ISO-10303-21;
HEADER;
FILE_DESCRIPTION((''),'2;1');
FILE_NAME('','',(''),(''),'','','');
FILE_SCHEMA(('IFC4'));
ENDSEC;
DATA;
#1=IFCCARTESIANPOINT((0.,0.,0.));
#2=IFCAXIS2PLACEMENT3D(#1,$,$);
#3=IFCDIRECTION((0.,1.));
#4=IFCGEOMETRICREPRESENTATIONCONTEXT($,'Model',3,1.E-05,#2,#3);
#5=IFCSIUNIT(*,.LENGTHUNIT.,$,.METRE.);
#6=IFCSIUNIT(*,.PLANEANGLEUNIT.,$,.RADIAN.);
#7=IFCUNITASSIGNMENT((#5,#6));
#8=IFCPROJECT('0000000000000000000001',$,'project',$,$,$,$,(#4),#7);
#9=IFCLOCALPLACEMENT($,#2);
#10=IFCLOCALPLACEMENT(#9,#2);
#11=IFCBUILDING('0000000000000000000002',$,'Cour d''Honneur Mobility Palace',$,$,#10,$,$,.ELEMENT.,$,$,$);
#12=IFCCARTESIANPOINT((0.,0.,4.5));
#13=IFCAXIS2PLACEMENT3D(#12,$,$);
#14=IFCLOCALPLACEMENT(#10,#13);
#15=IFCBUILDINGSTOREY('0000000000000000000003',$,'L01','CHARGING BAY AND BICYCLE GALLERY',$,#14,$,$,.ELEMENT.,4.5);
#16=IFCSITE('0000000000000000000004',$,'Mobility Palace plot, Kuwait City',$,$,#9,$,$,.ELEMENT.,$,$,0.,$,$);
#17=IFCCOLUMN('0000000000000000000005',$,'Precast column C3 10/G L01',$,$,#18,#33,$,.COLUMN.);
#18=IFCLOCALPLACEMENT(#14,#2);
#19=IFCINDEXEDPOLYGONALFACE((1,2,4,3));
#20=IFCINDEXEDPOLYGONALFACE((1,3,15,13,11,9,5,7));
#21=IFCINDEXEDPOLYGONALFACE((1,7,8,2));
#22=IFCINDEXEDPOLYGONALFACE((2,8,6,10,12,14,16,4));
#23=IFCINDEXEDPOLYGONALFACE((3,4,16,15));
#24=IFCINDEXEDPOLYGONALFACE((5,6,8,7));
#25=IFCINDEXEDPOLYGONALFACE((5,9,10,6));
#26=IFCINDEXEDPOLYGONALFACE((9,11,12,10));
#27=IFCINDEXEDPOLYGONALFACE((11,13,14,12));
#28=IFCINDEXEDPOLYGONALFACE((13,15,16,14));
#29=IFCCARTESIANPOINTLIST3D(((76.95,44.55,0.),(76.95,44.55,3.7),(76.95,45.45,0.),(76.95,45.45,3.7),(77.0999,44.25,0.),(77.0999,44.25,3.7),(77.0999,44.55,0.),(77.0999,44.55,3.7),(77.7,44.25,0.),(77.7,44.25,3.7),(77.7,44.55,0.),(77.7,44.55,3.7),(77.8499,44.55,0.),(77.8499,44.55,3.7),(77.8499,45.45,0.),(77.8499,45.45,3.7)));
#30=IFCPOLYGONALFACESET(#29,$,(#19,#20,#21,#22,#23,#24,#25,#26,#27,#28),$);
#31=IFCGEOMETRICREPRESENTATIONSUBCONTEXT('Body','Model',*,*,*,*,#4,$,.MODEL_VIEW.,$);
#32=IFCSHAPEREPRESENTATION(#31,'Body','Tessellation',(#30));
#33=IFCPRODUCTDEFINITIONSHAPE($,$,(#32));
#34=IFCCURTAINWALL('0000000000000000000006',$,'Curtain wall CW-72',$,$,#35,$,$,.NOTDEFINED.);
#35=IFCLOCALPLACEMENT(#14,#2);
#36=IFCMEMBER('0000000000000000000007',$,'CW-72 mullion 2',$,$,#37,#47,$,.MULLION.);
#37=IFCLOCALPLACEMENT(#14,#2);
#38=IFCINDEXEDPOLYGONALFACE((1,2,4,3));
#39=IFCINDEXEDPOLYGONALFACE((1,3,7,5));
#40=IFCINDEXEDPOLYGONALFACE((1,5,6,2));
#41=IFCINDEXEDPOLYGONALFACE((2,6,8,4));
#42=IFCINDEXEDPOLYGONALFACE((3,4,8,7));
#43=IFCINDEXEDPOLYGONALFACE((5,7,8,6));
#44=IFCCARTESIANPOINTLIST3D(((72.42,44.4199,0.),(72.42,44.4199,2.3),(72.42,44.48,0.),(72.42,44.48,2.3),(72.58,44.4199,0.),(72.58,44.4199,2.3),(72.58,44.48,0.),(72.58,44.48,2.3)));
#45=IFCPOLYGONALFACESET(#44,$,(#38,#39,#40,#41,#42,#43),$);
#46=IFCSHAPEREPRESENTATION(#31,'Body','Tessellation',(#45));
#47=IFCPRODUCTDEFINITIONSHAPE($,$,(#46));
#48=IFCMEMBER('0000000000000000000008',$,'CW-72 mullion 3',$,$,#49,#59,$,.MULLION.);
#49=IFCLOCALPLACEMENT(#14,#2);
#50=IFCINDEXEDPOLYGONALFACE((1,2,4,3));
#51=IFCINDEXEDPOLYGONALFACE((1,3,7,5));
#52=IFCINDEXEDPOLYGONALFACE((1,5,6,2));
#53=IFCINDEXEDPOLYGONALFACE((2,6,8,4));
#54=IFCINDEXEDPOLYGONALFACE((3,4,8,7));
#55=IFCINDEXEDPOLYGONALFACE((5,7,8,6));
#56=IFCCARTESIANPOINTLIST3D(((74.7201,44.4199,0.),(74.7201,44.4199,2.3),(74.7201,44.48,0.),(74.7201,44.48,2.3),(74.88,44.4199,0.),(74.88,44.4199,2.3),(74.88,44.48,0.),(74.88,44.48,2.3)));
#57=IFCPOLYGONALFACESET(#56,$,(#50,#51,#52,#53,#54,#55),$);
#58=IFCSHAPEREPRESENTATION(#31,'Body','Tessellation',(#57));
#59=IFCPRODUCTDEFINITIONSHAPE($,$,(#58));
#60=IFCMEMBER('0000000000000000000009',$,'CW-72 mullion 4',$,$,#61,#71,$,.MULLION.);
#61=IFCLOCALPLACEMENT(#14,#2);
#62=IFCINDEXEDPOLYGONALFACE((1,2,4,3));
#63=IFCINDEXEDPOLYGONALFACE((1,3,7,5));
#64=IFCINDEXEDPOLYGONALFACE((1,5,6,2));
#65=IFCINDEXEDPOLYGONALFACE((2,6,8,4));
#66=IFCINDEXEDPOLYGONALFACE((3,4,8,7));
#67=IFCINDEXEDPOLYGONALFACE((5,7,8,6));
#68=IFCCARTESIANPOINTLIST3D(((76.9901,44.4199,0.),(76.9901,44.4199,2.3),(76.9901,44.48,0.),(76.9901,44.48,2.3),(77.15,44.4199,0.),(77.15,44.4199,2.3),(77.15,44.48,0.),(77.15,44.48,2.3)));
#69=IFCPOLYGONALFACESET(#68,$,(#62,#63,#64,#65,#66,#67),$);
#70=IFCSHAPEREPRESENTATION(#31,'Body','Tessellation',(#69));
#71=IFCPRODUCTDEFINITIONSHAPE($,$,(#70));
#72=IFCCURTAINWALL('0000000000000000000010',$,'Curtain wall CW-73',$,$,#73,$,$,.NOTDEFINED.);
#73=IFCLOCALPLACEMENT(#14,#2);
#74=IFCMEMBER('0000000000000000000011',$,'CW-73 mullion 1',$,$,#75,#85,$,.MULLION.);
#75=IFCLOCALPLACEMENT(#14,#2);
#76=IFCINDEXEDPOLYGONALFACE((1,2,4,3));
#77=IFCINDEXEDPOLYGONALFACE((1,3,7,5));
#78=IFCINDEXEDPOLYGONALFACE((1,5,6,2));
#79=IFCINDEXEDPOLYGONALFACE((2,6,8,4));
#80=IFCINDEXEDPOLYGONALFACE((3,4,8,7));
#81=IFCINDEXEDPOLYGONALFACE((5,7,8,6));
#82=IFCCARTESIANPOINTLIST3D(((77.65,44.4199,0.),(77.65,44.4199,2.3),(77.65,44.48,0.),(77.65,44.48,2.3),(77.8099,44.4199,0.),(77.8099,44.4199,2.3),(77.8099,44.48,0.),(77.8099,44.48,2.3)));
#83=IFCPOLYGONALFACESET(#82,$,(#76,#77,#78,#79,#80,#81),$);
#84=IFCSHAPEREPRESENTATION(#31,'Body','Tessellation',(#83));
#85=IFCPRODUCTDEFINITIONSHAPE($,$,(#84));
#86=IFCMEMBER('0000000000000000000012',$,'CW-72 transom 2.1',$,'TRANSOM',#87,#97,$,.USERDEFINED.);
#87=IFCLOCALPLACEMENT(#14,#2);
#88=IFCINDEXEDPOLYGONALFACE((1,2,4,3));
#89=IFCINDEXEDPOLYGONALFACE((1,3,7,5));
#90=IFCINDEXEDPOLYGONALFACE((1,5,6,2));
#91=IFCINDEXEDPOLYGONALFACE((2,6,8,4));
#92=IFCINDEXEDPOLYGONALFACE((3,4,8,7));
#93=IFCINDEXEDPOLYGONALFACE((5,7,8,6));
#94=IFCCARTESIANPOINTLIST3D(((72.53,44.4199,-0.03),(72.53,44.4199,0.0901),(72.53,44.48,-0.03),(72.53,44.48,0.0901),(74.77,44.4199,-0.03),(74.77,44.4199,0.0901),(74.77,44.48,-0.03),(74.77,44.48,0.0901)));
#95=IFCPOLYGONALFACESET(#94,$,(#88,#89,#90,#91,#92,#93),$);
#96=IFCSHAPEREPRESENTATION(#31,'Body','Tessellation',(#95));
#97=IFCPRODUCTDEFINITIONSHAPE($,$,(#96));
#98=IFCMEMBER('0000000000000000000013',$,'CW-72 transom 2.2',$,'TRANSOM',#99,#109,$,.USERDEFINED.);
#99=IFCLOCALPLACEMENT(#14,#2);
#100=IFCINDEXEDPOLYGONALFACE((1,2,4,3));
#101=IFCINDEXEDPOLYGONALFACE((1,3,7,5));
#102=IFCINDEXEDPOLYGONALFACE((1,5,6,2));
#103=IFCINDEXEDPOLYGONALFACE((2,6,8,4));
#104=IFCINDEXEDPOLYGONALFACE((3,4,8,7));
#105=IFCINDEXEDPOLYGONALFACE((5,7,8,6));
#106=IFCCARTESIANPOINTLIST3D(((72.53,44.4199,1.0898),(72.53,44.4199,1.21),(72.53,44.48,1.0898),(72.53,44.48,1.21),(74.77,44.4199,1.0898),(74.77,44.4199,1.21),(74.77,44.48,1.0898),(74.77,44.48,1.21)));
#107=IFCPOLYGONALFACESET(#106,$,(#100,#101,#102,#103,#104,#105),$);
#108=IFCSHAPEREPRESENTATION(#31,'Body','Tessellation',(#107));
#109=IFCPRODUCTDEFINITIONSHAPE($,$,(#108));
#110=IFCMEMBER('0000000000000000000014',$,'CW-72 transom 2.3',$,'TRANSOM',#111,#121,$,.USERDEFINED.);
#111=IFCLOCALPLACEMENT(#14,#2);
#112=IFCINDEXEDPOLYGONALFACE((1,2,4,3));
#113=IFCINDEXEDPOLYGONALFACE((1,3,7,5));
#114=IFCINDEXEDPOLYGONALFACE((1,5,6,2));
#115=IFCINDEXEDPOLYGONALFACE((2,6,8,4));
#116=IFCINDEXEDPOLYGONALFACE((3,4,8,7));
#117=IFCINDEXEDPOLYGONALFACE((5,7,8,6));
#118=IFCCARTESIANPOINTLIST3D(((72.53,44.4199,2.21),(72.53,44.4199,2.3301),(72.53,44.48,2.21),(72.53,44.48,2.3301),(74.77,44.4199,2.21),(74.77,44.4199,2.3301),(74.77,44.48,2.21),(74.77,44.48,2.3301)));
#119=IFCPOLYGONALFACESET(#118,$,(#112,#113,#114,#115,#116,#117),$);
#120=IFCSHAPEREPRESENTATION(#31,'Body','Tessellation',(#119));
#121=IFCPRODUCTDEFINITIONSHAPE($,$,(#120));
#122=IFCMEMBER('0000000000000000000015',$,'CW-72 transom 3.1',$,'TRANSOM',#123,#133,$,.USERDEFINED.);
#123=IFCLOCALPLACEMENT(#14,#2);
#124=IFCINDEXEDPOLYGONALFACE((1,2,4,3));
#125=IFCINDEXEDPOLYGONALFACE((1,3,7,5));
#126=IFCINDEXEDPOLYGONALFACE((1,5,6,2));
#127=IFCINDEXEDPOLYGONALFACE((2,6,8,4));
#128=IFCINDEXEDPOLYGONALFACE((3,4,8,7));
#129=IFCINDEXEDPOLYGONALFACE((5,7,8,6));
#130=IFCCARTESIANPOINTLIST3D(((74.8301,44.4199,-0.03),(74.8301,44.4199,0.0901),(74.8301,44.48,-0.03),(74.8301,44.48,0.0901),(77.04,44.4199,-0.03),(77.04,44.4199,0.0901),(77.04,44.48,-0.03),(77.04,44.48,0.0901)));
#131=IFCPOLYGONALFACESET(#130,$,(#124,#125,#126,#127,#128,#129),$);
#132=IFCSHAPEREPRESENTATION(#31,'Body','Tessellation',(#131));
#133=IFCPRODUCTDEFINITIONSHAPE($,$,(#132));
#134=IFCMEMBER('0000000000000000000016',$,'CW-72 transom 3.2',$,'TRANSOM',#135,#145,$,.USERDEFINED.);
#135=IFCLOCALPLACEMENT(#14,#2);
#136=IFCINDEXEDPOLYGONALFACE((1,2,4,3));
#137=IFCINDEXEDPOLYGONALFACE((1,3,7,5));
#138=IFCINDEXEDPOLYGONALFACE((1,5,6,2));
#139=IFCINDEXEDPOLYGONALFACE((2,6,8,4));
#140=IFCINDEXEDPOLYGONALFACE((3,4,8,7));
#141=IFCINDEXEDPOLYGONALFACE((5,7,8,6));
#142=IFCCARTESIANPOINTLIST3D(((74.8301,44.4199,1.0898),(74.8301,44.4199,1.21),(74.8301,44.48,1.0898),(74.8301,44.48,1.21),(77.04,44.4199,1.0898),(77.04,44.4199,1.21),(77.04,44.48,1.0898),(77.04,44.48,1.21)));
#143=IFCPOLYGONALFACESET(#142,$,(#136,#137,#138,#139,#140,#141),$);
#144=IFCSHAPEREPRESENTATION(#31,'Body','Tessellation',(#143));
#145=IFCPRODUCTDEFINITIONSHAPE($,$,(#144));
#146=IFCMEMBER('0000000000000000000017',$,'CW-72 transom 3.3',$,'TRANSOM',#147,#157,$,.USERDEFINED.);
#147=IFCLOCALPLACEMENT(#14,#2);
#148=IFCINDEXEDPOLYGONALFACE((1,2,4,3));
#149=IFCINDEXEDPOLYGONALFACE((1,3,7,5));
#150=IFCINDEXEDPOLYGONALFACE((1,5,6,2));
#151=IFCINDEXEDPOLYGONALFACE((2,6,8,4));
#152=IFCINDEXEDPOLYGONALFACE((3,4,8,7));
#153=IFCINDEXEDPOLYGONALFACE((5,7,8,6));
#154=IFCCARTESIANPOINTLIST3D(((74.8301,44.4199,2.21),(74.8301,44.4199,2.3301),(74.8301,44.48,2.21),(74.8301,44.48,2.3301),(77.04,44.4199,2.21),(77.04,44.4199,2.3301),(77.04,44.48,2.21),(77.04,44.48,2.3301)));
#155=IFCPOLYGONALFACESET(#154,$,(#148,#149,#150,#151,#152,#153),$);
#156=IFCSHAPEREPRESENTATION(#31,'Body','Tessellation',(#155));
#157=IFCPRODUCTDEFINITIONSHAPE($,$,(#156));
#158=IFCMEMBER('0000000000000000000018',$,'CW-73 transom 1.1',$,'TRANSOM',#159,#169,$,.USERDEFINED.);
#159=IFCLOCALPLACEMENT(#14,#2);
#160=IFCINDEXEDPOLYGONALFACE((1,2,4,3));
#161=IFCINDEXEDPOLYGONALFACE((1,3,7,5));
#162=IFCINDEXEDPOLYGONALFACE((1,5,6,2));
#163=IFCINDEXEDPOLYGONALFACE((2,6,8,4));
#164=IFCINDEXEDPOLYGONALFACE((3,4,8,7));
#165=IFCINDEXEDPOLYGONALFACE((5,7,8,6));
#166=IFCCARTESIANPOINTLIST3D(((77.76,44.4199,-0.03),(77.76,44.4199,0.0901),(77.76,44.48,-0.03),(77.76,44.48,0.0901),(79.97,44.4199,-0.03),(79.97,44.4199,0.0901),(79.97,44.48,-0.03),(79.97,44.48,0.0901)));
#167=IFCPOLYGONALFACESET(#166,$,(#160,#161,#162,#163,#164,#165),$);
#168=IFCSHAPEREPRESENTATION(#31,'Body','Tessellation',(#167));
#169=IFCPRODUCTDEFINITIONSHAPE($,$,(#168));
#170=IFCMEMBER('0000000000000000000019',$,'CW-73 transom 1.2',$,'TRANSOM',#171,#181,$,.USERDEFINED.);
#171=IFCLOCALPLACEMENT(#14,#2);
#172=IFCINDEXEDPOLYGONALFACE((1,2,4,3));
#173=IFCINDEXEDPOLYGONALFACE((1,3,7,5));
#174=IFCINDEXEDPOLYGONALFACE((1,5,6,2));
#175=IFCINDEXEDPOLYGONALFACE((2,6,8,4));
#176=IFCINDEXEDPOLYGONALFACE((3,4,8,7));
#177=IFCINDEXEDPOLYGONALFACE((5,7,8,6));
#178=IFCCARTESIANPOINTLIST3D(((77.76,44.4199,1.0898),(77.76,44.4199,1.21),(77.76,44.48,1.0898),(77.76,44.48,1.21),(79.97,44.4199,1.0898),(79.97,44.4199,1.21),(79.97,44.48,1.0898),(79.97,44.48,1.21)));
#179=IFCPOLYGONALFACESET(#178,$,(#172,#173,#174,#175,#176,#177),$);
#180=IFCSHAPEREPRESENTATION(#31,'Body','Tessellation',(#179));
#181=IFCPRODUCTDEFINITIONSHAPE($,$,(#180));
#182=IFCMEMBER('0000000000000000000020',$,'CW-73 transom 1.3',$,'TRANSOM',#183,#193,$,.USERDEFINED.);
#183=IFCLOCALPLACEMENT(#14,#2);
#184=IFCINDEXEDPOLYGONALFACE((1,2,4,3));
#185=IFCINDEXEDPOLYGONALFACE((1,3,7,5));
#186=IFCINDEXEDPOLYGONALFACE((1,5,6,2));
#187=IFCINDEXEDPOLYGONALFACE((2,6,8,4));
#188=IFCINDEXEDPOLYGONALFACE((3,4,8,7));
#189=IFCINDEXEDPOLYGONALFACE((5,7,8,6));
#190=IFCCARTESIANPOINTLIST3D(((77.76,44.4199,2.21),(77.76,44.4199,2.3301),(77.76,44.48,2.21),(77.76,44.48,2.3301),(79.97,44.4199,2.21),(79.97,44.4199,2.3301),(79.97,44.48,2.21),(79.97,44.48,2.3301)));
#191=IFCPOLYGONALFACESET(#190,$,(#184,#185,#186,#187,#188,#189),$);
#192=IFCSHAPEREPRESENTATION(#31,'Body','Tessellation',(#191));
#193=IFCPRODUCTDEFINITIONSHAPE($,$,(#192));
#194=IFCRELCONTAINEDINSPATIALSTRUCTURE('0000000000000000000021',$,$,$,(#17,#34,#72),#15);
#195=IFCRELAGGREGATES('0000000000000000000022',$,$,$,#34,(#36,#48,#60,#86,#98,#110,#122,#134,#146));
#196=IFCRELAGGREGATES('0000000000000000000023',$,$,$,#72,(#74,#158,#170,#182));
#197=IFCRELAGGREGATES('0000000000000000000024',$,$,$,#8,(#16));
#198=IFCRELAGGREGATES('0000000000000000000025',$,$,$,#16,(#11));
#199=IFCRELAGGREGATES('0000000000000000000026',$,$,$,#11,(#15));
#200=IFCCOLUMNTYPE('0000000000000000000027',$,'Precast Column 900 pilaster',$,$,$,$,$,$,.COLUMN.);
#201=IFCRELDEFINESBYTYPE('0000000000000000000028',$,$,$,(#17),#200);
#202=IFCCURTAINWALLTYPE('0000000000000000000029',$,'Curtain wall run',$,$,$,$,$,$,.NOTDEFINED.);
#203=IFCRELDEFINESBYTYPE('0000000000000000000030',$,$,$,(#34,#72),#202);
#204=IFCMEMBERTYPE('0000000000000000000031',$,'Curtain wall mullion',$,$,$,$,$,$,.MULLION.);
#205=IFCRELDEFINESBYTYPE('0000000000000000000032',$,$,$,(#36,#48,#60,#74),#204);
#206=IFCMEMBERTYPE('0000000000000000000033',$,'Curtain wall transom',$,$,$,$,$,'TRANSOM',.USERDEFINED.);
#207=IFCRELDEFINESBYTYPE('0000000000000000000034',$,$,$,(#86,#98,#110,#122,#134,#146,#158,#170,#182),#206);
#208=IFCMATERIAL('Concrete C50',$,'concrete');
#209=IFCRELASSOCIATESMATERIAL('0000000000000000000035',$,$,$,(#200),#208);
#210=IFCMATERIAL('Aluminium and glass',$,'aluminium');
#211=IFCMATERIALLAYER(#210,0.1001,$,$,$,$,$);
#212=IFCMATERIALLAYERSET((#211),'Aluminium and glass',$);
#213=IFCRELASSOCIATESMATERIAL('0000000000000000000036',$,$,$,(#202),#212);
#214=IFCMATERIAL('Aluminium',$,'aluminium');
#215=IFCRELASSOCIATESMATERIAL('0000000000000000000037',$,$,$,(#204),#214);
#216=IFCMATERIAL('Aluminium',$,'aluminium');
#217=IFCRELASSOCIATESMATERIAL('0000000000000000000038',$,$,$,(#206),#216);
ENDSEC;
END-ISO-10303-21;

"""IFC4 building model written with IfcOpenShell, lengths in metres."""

from ifc_helpers import new_model, si_unit, direction, frame, origin, origin_2d, place, context, subcontext, project, spatial, polyline, rectangle, outline, extrude, material, layer, layer_set, material_profile, profile_set, type_object, element, aggregate, save


model = new_model("IFC4")

# Units and contexts
model_context = context("Model", 3, precision=1e-05, world=origin(), true_north=direction((0.0, 1.0)))
body_context = subcontext(model_context, "Body", "Model", "MODEL_VIEW")
ifc_project = project(units=[si_unit("LENGTHUNIT", "METRE"), si_unit("PLANEANGLEUNIT", "RADIAN")], contexts=[model_context])

# Site, building, storey
site_placement = place(None, origin())
site = spatial("IfcSite", under=ifc_project, at=site_placement, Name="Mobility Palace plot, Kuwait City", CompositionType="ELEMENT", RefElevation=0.0)
building_placement = place(site_placement, origin())
building = spatial("IfcBuilding", under=site, at=building_placement, Name="Cour d'Honneur Mobility Palace", CompositionType="ELEMENT")
storey_placement = place(building_placement, frame((0.0, 0.0, 4.5)))
storey = spatial("IfcBuildingStorey", under=building, at=storey_placement, Name="L01", Description="CHARGING BAY AND BICYCLE GALLERY", CompositionType="ELEMENT", Elevation=4.5)

# Column
ifc_material_1 = material(Name="Concrete C50", Category="concrete")
ifc_material_profile_1 = material_profile(ifc_material_1, outline(polyline([(-0.45, -0.45), (0.45, -0.45), (0.45, -0.3), (0.75, -0.3), (0.75, 0.3), (0.45, 0.3), (0.45, 0.45), (-0.45, 0.45), (-0.45, -0.45)])), Name="PC C900 pilaster")
ifc_profile_set_1 = profile_set([ifc_material_profile_1], Name="Concrete C50")
column_type = type_object("IfcColumnType", Name="Precast Column 900 pilaster", PredefinedType="COLUMN", material=ifc_profile_set_1)
column_placement = place(storey_placement, frame((77.3999, 45.0, 0.0), z_axis=(0.0, 0.0, 1.0), x_axis=(0.0, -1.0, 0.0)))
element("IfcColumn", 1, at=column_placement, inside=storey, type_object=column_type, Name="Precast column C3 10/G L01", PredefinedType="COLUMN", context=body_context, shape_type="SweptSolid", body=[
    extrude(outline(polyline([(-0.45, -0.45), (0.45, -0.45), (0.45, -0.3), (0.75, -0.3), (0.75, 0.3), (0.45, 0.3), (0.45, 0.45), (-0.45, 0.45), (-0.45, -0.45)])), origin(), (0.0, 0.0, 1.0), 3.7),
])

# Curtain wall, members
ifc_material_2 = material(Name="Aluminium and glass", Category="aluminium")
ifc_layer_1 = layer(ifc_material_2, 0.1001)
ifc_layer_set_1 = layer_set([ifc_layer_1], Name="Aluminium and glass")
curtain_wall_type = type_object("IfcCurtainWallType", Name="Curtain wall run", PredefinedType="NOTDEFINED", material=ifc_layer_set_1)
curtain_wall_1_placement = place(storey_placement, origin())
curtain_wall_1 = element("IfcCurtainWall", 2, at=curtain_wall_1_placement, inside=storey, type_object=curtain_wall_type, Name="Curtain wall CW-72", PredefinedType="NOTDEFINED")
ifc_material_3 = material(Name="Aluminium", Category="aluminium")
ifc_material_profile_2 = material_profile(ifc_material_3, rectangle(XDim=0.0601, YDim=0.1599, at=origin_2d()), Name="Curtain wall mullion")
ifc_profile_set_2 = profile_set([ifc_material_profile_2], Name="Aluminium")
member_type_1 = type_object("IfcMemberType", Name="Curtain wall mullion", PredefinedType="MULLION", material=ifc_profile_set_2)
member_1_placement = place(storey_placement, frame((72.5, 44.45, 0.0), z_axis=(0.0, 0.0, 1.0), x_axis=(0.0, 1.0, 0.0)))
member_1 = element("IfcMember", 3, at=member_1_placement, type_object=member_type_1, Name="CW-72 mullion 2", PredefinedType="MULLION", context=body_context, shape_type="SweptSolid", body=[
    extrude(rectangle(XDim=0.0601, YDim=0.1599, at=origin_2d()), origin(), (0.0, 0.0, 1.0), 2.3),
])
member_2_placement = place(storey_placement, frame((74.8, 44.45, 0.0), z_axis=(0.0, 0.0, 1.0), x_axis=(0.0, 1.0, 0.0)))
member_2 = element("IfcMember", 4, at=member_2_placement, type_object=member_type_1, Name="CW-72 mullion 3", PredefinedType="MULLION", context=body_context, shape_type="SweptSolid", body=[
    extrude(rectangle(XDim=0.0601, YDim=0.1599, at=origin_2d()), origin(), (0.0, 0.0, 1.0), 2.3),
])
member_3_placement = place(storey_placement, frame((77.0701, 44.45, 0.0), z_axis=(0.0, 0.0, 1.0), x_axis=(0.0, 1.0, 0.0)))
member_3 = element("IfcMember", 5, at=member_3_placement, type_object=member_type_1, Name="CW-72 mullion 4", PredefinedType="MULLION", context=body_context, shape_type="SweptSolid", body=[
    extrude(rectangle(XDim=0.0601, YDim=0.1599, at=origin_2d()), origin(), (0.0, 0.0, 1.0), 2.3),
])

# Curtain wall, member
curtain_wall_2_placement = place(storey_placement, origin())
curtain_wall_2 = element("IfcCurtainWall", 6, at=curtain_wall_2_placement, inside=storey, type_object=curtain_wall_type, Name="Curtain wall CW-73", PredefinedType="NOTDEFINED")
member_4_placement = place(storey_placement, frame((77.73, 44.45, 0.0), z_axis=(0.0, 0.0, 1.0), x_axis=(0.0, 1.0, 0.0)))
member_4 = element("IfcMember", 7, at=member_4_placement, type_object=member_type_1, Name="CW-73 mullion 1", PredefinedType="MULLION", context=body_context, shape_type="SweptSolid", body=[
    extrude(rectangle(XDim=0.0601, YDim=0.1599, at=origin_2d()), origin(), (0.0, 0.0, 1.0), 2.3),
])

# Members
ifc_material_4 = material(Name="Aluminium", Category="aluminium")
ifc_material_profile_3 = material_profile(ifc_material_4, rectangle(XDim=0.0601, YDim=0.1201, at=origin_2d()), Name="Curtain wall transom")
ifc_profile_set_3 = profile_set([ifc_material_profile_3], Name="Aluminium")
member_type_2 = type_object("IfcMemberType", Name="Curtain wall transom", ElementType="TRANSOM", PredefinedType="USERDEFINED", material=ifc_profile_set_3)
member_5_placement = place(storey_placement, frame((72.53, 44.45, 0.03), z_axis=(1.0, 0.0, 0.0), x_axis=(0.0, 1.0, 0.0)))
member_5 = element("IfcMember", 8, at=member_5_placement, type_object=member_type_2, Name="CW-72 transom 2.1", ObjectType="TRANSOM", PredefinedType="USERDEFINED", context=body_context, shape_type="SweptSolid", body=[
    extrude(rectangle(XDim=0.0601, YDim=0.1201, at=origin_2d()), origin(), (0.0, 0.0, 1.0), 2.24),
])
member_6_placement = place(storey_placement, frame((72.53, 44.45, 1.1499), z_axis=(1.0, 0.0, 0.0), x_axis=(0.0, 1.0, 0.0)))
member_6 = element("IfcMember", 9, at=member_6_placement, type_object=member_type_2, Name="CW-72 transom 2.2", ObjectType="TRANSOM", PredefinedType="USERDEFINED", context=body_context, shape_type="SweptSolid", body=[
    extrude(rectangle(XDim=0.0601, YDim=0.1201, at=origin_2d()), origin(), (0.0, 0.0, 1.0), 2.24),
])
member_7_placement = place(storey_placement, frame((72.53, 44.45, 2.27), z_axis=(1.0, 0.0, 0.0), x_axis=(0.0, 1.0, 0.0)))
member_7 = element("IfcMember", 10, at=member_7_placement, type_object=member_type_2, Name="CW-72 transom 2.3", ObjectType="TRANSOM", PredefinedType="USERDEFINED", context=body_context, shape_type="SweptSolid", body=[
    extrude(rectangle(XDim=0.0601, YDim=0.1201, at=origin_2d()), origin(), (0.0, 0.0, 1.0), 2.24),
])
member_8_placement = place(storey_placement, frame((74.8301, 44.45, 0.03), z_axis=(1.0, 0.0, 0.0), x_axis=(0.0, 1.0, 0.0)))
member_8 = element("IfcMember", 11, at=member_8_placement, type_object=member_type_2, Name="CW-72 transom 3.1", ObjectType="TRANSOM", PredefinedType="USERDEFINED", context=body_context, shape_type="SweptSolid", body=[
    extrude(rectangle(XDim=0.0601, YDim=0.1201, at=origin_2d()), origin(), (0.0, 0.0, 1.0), 2.21),
])
member_9_placement = place(storey_placement, frame((74.8301, 44.45, 1.1499), z_axis=(1.0, 0.0, 0.0), x_axis=(0.0, 1.0, 0.0)))
member_9 = element("IfcMember", 12, at=member_9_placement, type_object=member_type_2, Name="CW-72 transom 3.2", ObjectType="TRANSOM", PredefinedType="USERDEFINED", context=body_context, shape_type="SweptSolid", body=[
    extrude(rectangle(XDim=0.0601, YDim=0.1201, at=origin_2d()), origin(), (0.0, 0.0, 1.0), 2.21),
])
member_10_placement = place(storey_placement, frame((74.8301, 44.45, 2.27), z_axis=(1.0, 0.0, 0.0), x_axis=(0.0, 1.0, 0.0)))
member_10 = element("IfcMember", 13, at=member_10_placement, type_object=member_type_2, Name="CW-72 transom 3.3", ObjectType="TRANSOM", PredefinedType="USERDEFINED", context=body_context, shape_type="SweptSolid", body=[
    extrude(rectangle(XDim=0.0601, YDim=0.1201, at=origin_2d()), origin(), (0.0, 0.0, 1.0), 2.21),
])
member_11_placement = place(storey_placement, frame((77.76, 44.45, 0.03), z_axis=(1.0, 0.0, 0.0), x_axis=(0.0, 1.0, 0.0)))
member_11 = element("IfcMember", 14, at=member_11_placement, type_object=member_type_2, Name="CW-73 transom 1.1", ObjectType="TRANSOM", PredefinedType="USERDEFINED", context=body_context, shape_type="SweptSolid", body=[
    extrude(rectangle(XDim=0.0601, YDim=0.1201, at=origin_2d()), origin(), (0.0, 0.0, 1.0), 2.21),
])
member_12_placement = place(storey_placement, frame((77.76, 44.45, 1.1499), z_axis=(1.0, 0.0, 0.0), x_axis=(0.0, 1.0, 0.0)))
member_12 = element("IfcMember", 15, at=member_12_placement, type_object=member_type_2, Name="CW-73 transom 1.2", ObjectType="TRANSOM", PredefinedType="USERDEFINED", context=body_context, shape_type="SweptSolid", body=[
    extrude(rectangle(XDim=0.0601, YDim=0.1201, at=origin_2d()), origin(), (0.0, 0.0, 1.0), 2.21),
])
member_13_placement = place(storey_placement, frame((77.76, 44.45, 2.27), z_axis=(1.0, 0.0, 0.0), x_axis=(0.0, 1.0, 0.0)))
member_13 = element("IfcMember", 16, at=member_13_placement, type_object=member_type_2, Name="CW-73 transom 1.3", ObjectType="TRANSOM", PredefinedType="USERDEFINED", context=body_context, shape_type="SweptSolid", body=[
    extrude(rectangle(XDim=0.0601, YDim=0.1201, at=origin_2d()), origin(), (0.0, 0.0, 1.0), 2.21),
])

aggregate(curtain_wall_1, [member_1, member_2, member_3, member_5, member_6, member_7, member_8, member_9, member_10])
aggregate(curtain_wall_2, [member_4, member_11, member_12, member_13])

save(model, "model.ifc")
